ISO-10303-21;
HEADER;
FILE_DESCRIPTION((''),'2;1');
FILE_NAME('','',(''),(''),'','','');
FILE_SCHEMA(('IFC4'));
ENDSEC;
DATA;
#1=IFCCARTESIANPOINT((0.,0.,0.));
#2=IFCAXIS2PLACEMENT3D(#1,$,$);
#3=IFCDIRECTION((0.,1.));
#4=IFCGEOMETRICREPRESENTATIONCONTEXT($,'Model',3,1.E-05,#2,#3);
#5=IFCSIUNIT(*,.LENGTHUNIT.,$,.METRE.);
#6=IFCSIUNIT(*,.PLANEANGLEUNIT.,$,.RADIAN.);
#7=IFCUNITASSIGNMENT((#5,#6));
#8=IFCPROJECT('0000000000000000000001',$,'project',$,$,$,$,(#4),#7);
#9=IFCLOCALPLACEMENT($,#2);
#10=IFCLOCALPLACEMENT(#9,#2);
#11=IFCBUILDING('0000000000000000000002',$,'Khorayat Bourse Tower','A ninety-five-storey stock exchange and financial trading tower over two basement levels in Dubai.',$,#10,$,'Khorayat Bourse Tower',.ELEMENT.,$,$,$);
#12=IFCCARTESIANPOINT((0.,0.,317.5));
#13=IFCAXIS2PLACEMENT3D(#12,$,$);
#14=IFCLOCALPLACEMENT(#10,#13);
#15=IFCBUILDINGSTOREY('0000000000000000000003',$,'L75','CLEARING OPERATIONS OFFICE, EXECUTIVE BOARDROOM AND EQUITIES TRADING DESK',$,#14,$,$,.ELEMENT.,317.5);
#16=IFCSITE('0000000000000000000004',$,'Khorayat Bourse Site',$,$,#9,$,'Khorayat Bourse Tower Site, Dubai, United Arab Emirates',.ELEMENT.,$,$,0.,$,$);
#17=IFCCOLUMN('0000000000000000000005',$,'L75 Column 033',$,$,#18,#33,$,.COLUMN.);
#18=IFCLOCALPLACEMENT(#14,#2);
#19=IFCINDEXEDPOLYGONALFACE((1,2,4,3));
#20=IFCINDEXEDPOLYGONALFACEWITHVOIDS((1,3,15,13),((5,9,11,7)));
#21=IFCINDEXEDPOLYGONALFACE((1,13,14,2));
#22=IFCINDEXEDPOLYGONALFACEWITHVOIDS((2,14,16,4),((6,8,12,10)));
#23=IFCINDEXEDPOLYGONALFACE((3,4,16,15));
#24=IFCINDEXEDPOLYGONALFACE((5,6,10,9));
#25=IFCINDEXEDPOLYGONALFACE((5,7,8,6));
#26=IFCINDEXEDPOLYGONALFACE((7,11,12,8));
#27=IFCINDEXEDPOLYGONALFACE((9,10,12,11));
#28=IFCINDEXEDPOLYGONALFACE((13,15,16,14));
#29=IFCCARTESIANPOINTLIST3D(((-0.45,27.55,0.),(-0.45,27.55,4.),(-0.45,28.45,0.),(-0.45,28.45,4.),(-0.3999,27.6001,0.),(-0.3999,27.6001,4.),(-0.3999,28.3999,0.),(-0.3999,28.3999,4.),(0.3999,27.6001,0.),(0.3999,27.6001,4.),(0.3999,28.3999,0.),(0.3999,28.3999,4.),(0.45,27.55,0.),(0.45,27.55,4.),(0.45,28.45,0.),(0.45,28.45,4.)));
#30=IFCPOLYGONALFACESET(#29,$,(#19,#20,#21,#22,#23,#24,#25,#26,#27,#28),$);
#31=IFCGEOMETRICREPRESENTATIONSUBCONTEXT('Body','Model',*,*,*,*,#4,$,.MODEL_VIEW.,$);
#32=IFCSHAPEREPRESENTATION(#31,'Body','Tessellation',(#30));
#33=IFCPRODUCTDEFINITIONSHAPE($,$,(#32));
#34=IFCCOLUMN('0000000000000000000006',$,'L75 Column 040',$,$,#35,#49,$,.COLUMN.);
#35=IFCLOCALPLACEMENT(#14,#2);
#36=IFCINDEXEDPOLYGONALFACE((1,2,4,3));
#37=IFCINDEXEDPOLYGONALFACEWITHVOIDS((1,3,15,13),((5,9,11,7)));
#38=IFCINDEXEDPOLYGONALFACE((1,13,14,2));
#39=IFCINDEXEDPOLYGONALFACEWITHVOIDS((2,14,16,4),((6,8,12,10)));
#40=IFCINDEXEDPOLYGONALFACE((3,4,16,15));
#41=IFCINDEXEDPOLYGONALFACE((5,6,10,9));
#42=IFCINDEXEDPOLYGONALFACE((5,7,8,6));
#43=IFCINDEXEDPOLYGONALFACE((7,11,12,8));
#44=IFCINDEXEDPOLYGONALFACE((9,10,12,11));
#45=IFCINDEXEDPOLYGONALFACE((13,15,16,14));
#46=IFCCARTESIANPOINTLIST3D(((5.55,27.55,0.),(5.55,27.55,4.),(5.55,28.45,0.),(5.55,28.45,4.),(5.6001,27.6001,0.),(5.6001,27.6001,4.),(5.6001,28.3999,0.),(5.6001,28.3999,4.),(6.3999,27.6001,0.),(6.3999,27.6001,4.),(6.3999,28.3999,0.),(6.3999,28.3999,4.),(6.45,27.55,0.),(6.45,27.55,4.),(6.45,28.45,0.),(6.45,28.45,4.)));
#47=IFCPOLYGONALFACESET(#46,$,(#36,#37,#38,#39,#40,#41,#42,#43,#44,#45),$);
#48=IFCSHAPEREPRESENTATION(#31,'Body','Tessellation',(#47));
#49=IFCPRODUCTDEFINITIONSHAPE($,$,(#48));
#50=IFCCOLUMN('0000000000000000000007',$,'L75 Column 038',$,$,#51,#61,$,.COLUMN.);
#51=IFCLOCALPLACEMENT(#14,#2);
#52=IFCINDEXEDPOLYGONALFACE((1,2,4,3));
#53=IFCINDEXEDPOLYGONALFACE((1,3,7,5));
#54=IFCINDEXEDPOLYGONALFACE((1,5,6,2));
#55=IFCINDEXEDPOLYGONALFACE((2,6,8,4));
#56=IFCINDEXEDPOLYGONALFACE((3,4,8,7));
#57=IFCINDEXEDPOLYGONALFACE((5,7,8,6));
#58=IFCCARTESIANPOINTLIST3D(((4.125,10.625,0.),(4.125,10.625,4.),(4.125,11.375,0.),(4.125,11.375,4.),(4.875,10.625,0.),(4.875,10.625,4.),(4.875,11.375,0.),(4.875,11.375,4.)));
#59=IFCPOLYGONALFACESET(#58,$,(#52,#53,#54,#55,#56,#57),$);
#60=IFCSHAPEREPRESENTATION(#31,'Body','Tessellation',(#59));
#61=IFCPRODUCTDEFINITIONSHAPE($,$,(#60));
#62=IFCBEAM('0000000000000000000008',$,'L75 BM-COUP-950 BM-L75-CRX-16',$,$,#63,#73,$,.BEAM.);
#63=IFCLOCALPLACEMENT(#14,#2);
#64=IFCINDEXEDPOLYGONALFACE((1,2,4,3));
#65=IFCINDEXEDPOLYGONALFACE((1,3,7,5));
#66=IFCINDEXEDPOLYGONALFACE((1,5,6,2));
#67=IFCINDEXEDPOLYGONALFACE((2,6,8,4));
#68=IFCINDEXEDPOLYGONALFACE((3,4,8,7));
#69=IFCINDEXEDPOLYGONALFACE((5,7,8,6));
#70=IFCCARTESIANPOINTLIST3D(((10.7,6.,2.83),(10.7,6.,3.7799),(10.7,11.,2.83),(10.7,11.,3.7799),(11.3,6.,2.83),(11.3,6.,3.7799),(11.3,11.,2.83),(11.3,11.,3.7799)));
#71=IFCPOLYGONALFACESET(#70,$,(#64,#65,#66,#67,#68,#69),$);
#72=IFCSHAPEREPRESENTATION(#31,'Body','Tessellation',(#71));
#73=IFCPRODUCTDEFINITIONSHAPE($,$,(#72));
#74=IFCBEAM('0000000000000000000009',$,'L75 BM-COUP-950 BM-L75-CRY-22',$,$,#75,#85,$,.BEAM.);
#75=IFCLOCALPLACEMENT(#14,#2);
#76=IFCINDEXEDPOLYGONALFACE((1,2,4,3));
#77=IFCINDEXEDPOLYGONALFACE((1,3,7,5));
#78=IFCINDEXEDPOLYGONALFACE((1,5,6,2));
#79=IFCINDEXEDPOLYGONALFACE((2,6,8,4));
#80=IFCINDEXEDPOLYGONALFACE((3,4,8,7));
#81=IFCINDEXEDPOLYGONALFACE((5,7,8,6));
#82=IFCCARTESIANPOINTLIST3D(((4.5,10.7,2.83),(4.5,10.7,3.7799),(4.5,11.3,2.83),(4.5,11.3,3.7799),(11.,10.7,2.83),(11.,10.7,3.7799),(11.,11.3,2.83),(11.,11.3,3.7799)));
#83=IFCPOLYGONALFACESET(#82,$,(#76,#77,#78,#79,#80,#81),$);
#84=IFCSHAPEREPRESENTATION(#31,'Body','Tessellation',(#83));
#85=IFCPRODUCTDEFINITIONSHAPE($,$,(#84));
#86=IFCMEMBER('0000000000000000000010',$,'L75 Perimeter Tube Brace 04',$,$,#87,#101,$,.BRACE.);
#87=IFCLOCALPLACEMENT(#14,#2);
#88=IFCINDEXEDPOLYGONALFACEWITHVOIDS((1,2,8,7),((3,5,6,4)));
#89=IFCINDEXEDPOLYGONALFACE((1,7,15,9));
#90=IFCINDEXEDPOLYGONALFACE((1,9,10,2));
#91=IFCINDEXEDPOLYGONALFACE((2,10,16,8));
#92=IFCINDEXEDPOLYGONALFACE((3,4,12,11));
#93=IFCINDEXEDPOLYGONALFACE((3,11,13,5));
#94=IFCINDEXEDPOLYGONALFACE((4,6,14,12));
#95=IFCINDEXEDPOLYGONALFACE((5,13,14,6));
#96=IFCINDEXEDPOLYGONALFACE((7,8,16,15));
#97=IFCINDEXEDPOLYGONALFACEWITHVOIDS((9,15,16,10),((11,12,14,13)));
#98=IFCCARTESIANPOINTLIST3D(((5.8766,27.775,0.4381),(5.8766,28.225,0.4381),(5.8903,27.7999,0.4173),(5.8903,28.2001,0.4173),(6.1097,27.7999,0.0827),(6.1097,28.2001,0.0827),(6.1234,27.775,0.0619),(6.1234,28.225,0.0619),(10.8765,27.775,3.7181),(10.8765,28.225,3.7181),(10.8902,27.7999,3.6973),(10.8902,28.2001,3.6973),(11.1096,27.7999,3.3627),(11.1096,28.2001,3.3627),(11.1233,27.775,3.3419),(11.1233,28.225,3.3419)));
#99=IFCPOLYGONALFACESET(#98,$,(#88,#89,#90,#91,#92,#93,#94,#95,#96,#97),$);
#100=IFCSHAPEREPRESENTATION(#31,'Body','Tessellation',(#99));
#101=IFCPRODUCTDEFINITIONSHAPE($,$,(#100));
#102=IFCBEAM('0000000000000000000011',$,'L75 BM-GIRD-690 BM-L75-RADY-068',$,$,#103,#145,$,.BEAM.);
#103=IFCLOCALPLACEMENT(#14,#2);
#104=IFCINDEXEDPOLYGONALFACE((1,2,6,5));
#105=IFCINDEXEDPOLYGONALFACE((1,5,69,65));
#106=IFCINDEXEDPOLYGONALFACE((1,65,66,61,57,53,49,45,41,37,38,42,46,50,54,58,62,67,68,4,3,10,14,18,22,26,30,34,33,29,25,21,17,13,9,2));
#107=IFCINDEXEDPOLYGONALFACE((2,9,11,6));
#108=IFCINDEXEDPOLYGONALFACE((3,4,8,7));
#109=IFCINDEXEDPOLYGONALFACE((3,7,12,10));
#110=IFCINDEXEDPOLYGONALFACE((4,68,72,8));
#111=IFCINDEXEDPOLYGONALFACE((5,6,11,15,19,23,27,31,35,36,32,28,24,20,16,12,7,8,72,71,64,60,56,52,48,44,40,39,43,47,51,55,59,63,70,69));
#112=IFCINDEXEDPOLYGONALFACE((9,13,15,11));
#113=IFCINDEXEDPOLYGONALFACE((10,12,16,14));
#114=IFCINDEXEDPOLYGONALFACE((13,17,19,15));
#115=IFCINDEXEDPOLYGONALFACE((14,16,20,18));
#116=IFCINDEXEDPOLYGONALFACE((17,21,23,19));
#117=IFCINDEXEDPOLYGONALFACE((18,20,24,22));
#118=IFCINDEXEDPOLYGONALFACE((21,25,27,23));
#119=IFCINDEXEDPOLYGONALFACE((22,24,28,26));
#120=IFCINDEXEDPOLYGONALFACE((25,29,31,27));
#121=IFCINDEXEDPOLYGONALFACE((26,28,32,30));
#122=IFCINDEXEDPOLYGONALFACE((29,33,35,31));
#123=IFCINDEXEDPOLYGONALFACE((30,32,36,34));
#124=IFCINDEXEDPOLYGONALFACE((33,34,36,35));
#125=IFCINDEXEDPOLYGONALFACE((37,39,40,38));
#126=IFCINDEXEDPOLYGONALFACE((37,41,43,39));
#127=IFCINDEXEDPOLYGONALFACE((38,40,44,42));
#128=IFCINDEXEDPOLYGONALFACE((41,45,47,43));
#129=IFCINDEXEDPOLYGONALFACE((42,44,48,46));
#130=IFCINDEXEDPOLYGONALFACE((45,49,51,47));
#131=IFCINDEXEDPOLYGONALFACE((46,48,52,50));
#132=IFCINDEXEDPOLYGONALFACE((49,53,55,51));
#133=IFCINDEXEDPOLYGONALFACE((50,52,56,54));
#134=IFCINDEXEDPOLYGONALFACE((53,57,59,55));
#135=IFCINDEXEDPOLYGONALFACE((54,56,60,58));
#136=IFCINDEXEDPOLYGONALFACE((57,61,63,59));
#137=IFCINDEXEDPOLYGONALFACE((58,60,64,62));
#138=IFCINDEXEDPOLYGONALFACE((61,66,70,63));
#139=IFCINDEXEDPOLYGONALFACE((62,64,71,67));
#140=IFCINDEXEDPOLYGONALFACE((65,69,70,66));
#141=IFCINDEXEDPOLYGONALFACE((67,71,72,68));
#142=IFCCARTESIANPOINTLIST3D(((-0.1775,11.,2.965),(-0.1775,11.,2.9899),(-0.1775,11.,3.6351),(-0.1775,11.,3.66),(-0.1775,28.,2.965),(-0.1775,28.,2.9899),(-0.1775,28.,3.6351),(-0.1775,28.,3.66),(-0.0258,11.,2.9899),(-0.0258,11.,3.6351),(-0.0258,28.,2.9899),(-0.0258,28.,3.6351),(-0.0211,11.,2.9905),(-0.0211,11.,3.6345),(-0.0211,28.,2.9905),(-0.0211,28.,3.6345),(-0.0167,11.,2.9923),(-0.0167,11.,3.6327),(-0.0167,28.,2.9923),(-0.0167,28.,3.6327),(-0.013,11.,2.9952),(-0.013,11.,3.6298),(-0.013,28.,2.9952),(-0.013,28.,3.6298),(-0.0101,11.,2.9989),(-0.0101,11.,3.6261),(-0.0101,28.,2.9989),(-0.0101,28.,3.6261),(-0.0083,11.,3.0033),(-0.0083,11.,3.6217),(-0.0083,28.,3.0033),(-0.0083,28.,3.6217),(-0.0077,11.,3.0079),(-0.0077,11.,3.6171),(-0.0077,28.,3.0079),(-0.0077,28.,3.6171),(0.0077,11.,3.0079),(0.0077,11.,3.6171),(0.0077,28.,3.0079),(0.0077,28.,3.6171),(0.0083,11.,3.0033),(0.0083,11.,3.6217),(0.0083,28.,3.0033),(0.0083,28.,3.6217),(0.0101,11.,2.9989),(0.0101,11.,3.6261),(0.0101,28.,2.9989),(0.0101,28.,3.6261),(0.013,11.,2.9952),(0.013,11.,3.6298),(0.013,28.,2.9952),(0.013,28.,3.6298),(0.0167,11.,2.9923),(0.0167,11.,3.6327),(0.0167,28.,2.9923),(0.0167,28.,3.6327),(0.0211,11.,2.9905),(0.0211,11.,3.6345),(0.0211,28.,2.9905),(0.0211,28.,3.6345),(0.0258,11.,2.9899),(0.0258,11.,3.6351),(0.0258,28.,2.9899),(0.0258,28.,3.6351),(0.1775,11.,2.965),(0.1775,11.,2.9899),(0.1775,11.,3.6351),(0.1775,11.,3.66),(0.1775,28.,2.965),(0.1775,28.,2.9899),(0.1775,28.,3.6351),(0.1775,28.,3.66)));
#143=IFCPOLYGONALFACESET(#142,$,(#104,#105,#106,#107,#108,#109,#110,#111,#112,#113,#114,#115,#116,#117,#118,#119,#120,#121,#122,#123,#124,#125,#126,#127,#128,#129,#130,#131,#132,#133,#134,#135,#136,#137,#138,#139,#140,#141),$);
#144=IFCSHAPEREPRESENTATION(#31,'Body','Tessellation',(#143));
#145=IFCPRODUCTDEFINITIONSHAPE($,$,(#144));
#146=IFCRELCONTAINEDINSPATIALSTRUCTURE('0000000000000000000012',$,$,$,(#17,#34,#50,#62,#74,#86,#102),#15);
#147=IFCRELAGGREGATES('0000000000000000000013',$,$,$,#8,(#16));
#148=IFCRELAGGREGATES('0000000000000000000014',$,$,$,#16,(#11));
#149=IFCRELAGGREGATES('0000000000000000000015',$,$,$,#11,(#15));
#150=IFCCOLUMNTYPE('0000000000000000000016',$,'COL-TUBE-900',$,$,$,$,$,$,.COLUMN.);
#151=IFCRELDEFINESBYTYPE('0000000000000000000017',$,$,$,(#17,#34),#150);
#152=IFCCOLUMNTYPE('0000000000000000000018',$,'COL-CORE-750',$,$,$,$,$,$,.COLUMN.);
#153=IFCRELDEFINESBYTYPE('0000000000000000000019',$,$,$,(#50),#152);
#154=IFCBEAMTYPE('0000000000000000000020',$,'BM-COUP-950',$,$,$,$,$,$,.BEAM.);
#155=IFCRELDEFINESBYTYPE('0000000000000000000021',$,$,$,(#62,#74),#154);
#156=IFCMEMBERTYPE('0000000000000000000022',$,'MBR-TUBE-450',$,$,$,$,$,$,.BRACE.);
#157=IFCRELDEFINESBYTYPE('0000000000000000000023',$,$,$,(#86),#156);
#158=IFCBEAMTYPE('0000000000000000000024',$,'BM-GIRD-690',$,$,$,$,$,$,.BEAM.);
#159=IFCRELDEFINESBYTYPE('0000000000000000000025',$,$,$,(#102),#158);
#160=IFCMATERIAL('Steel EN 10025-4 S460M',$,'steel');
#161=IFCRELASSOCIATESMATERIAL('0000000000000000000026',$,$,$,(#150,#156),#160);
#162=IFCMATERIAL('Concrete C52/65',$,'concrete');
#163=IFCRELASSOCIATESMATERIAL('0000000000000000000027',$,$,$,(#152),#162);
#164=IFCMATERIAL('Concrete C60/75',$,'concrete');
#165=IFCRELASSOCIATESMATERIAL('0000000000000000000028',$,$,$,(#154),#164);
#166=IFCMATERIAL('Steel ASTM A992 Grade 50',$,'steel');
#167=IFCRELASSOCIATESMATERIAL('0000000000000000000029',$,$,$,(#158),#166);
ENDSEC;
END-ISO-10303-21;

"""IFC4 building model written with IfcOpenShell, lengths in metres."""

from ifc_helpers import new_model, si_unit, direction, frame, origin, origin_2d, place, context, subcontext, project, spatial, rectangle, hollow_rectangle, i_section, extrude, source, transform, mapped, material, material_profile, profile_set, type_object, element, save


model = new_model("IFC4")

# Units and contexts
model_context = context("Model", 3, precision=1e-05, world=origin(), true_north=direction((0.0, 1.0)))
body_context = subcontext(model_context, "Body", "Model", "MODEL_VIEW")
ifc_project = project(units=[si_unit("LENGTHUNIT", "METRE"), si_unit("PLANEANGLEUNIT", "RADIAN")], contexts=[model_context])

# Site, building, storey
site_placement = place(None, origin())
site = spatial("IfcSite", under=ifc_project, at=site_placement, Name="Khorayat Bourse Site", LongName="Khorayat Bourse Tower Site, Dubai, United Arab Emirates", CompositionType="ELEMENT", RefElevation=0.0)
building_placement = place(site_placement, origin())
building = spatial("IfcBuilding", under=site, at=building_placement, Name="Khorayat Bourse Tower", Description="A ninety-five-storey stock exchange and financial trading tower over two basement levels in Dubai.", LongName="Khorayat Bourse Tower", CompositionType="ELEMENT")
storey_placement = place(building_placement, frame((0.0, 0.0, 317.5)))
storey = spatial("IfcBuildingStorey", under=building, at=storey_placement, Name="L75", Description="CLEARING OPERATIONS OFFICE, EXECUTIVE BOARDROOM AND EQUITIES TRADING DESK", CompositionType="ELEMENT", Elevation=317.5)

# Columns
ifc_material_1 = material(Name="Steel EN 10025-4 S460M", Category="steel")
ifc_material_profile_1 = material_profile(ifc_material_1, hollow_rectangle(XDim=0.8999, YDim=0.8999, WallThickness=0.05, at=origin_2d()), Name="BOX 900x900x50")
ifc_profile_set_1 = profile_set([ifc_material_profile_1], Name="Steel EN 10025-4 S460M")
column_type_1 = type_object("IfcColumnType", Name="COL-TUBE-900", PredefinedType="COLUMN", material=ifc_profile_set_1)
shared_shape_1 = source(origin(), body_context, "Body", "SweptSolid", [
    extrude(hollow_rectangle(XDim=0.8999, YDim=0.8999, WallThickness=0.05, at=origin_2d()), origin(), (0.0, 0.0, 1.0), 4.0),
])
for number, where, z_axis, x_axis, name in (
    (1, (0.0, 28.0, 0.0), (0.0, 0.0, 1.0), (1.0, 0.0, 0.0), "L75 Column 033"),
    (2, (6.0, 28.0, 0.0), (0.0, 0.0, 1.0), (1.0, 0.0, 0.0), "L75 Column 040"),
):
    element("IfcColumn", number, at=place(storey_placement, frame(where, z_axis=z_axis, x_axis=x_axis)), inside=storey, type_object=column_type_1, Name=name, PredefinedType="COLUMN", context=body_context, shape_type="MappedRepresentation", body=[
        mapped(shared_shape_1, transform((0.0, 0.0, 0.0), scale=1.0)),
    ])
ifc_material_2 = material(Name="Concrete C52/65", Category="concrete")
ifc_material_profile_2 = material_profile(ifc_material_2, rectangle(XDim=0.75, YDim=0.75, at=origin_2d()), Name="RC 750x750")
ifc_profile_set_2 = profile_set([ifc_material_profile_2], Name="Concrete C52/65")
column_type_2 = type_object("IfcColumnType", Name="COL-CORE-750", PredefinedType="COLUMN", material=ifc_profile_set_2)
shared_shape_2 = source(origin(), body_context, "Body", "SweptSolid", [
    extrude(rectangle(XDim=0.75, YDim=0.75, at=origin_2d()), origin(), (0.0, 0.0, 1.0), 4.0),
])
column_placement = place(storey_placement, frame((4.5, 11.0, 0.0), z_axis=(0.0, 0.0, 1.0), x_axis=(1.0, 0.0, 0.0)))
element("IfcColumn", 3, at=column_placement, inside=storey, type_object=column_type_2, Name="L75 Column 038", PredefinedType="COLUMN", context=body_context, shape_type="MappedRepresentation", body=[
    mapped(shared_shape_2, transform((0.0, 0.0, 0.0), scale=1.0)),
])

# Beams
ifc_material_3 = material(Name="Concrete C60/75", Category="concrete")
ifc_material_profile_3 = material_profile(ifc_material_3, rectangle(XDim=0.6001, YDim=0.95, at=origin_2d()), Name="RC 600x950")
ifc_profile_set_3 = profile_set([ifc_material_profile_3], Name="Concrete C60/75")
beam_type_1 = type_object("IfcBeamType", Name="BM-COUP-950", PredefinedType="BEAM", material=ifc_profile_set_3)
shared_shape_3 = source(origin(), body_context, "Body", "SweptSolid", [
    extrude(rectangle(XDim=0.6001, YDim=0.95, at=origin_2d()), origin(), (0.0, 0.0, 1.0), 5.0),
])
beam_1_placement = place(storey_placement, frame((11.0, 6.0, 3.3049), z_axis=(0.0, 1.0, 0.0), x_axis=(-1.0, 0.0, 0.0)))
element("IfcBeam", 4, at=beam_1_placement, inside=storey, type_object=beam_type_1, Name="L75 BM-COUP-950 BM-L75-CRX-16", PredefinedType="BEAM", context=body_context, shape_type="MappedRepresentation", body=[
    mapped(shared_shape_3, transform((0.0, 0.0, 0.0), scale=1.0)),
])
shared_shape_4 = source(origin(), body_context, "Body", "SweptSolid", [
    extrude(rectangle(XDim=0.6001, YDim=0.95, at=origin_2d()), origin(), (0.0, 0.0, 1.0), 6.5),
])
beam_2_placement = place(storey_placement, frame((4.5, 11.0, 3.3049), z_axis=(1.0, 0.0, 0.0), x_axis=(0.0, 1.0, 0.0)))
element("IfcBeam", 5, at=beam_2_placement, inside=storey, type_object=beam_type_1, Name="L75 BM-COUP-950 BM-L75-CRY-22", PredefinedType="BEAM", context=body_context, shape_type="MappedRepresentation", body=[
    mapped(shared_shape_4, transform((0.0, 0.0, 0.0), scale=1.0)),
])

# Member
ifc_material_profile_4 = material_profile(ifc_material_1, hollow_rectangle(XDim=0.45, YDim=0.45, WallThickness=0.0249, at=origin_2d()), Name="HSS 450x450x25")
ifc_profile_set_4 = profile_set([ifc_material_profile_4], Name="Steel EN 10025-4 S460M")
member_type_1 = type_object("IfcMemberType", Name="MBR-TUBE-450", PredefinedType="BRACE", material=ifc_profile_set_4)
shared_shape_5 = source(origin(), body_context, "Body", "SweptSolid", [
    extrude(hollow_rectangle(XDim=0.45, YDim=0.45, WallThickness=0.0249, at=origin_2d()), origin(), (0.0, 0.0, 1.0), 5.9797),
])
member_1_placement = place(storey_placement, frame((6.0, 28.0, 0.25), z_axis=(0.836142, 0.0, 0.548514), x_axis=(0.0, 1.0, 0.0)))
element("IfcMember", 6, at=member_1_placement, inside=storey, type_object=member_type_1, Name="L75 Perimeter Tube Brace 04", PredefinedType="BRACE", context=body_context, shape_type="MappedRepresentation", body=[
    mapped(shared_shape_5, transform((0.0, 0.0, 0.0), scale=1.0)),
])

# Beam
ifc_material_4 = material(Name="Steel ASTM A992 Grade 50", Category="steel")
ifc_material_profile_5 = material_profile(ifc_material_4, i_section(OverallWidth=0.355, OverallDepth=0.6951, WebThickness=0.0154, FlangeThickness=0.0249, FilletRadius=0.0181, at=origin_2d()), Name="W690X217")
ifc_profile_set_5 = profile_set([ifc_material_profile_5], Name="Steel ASTM A992 Grade 50")
beam_type_2 = type_object("IfcBeamType", Name="BM-GIRD-690", PredefinedType="BEAM", material=ifc_profile_set_5)
shared_shape_6 = source(origin(), body_context, "Body", "SweptSolid", [
    extrude(i_section(OverallWidth=0.355, OverallDepth=0.6951, WebThickness=0.0154, FlangeThickness=0.0249, FilletRadius=0.0181, at=origin_2d()), origin(), (0.0, 0.0, 1.0), 17.0),
])
for number, where, z_axis, x_axis, name in (
    (7, (0.0, 11.0, 3.3125), (0.0, 1.0, 0.0), (-1.0, 0.0, 0.0), "L75 BM-GIRD-690 BM-L75-RADY-068"),
):
    element("IfcBeam", number, at=place(storey_placement, frame(where, z_axis=z_axis, x_axis=x_axis)), inside=storey, type_object=beam_type_2, Name=name, PredefinedType="BEAM", context=body_context, shape_type="MappedRepresentation", body=[
        mapped(shared_shape_6, transform((0.0, 0.0, 0.0), scale=1.0)),
    ])

save(model, "model.ifc")
